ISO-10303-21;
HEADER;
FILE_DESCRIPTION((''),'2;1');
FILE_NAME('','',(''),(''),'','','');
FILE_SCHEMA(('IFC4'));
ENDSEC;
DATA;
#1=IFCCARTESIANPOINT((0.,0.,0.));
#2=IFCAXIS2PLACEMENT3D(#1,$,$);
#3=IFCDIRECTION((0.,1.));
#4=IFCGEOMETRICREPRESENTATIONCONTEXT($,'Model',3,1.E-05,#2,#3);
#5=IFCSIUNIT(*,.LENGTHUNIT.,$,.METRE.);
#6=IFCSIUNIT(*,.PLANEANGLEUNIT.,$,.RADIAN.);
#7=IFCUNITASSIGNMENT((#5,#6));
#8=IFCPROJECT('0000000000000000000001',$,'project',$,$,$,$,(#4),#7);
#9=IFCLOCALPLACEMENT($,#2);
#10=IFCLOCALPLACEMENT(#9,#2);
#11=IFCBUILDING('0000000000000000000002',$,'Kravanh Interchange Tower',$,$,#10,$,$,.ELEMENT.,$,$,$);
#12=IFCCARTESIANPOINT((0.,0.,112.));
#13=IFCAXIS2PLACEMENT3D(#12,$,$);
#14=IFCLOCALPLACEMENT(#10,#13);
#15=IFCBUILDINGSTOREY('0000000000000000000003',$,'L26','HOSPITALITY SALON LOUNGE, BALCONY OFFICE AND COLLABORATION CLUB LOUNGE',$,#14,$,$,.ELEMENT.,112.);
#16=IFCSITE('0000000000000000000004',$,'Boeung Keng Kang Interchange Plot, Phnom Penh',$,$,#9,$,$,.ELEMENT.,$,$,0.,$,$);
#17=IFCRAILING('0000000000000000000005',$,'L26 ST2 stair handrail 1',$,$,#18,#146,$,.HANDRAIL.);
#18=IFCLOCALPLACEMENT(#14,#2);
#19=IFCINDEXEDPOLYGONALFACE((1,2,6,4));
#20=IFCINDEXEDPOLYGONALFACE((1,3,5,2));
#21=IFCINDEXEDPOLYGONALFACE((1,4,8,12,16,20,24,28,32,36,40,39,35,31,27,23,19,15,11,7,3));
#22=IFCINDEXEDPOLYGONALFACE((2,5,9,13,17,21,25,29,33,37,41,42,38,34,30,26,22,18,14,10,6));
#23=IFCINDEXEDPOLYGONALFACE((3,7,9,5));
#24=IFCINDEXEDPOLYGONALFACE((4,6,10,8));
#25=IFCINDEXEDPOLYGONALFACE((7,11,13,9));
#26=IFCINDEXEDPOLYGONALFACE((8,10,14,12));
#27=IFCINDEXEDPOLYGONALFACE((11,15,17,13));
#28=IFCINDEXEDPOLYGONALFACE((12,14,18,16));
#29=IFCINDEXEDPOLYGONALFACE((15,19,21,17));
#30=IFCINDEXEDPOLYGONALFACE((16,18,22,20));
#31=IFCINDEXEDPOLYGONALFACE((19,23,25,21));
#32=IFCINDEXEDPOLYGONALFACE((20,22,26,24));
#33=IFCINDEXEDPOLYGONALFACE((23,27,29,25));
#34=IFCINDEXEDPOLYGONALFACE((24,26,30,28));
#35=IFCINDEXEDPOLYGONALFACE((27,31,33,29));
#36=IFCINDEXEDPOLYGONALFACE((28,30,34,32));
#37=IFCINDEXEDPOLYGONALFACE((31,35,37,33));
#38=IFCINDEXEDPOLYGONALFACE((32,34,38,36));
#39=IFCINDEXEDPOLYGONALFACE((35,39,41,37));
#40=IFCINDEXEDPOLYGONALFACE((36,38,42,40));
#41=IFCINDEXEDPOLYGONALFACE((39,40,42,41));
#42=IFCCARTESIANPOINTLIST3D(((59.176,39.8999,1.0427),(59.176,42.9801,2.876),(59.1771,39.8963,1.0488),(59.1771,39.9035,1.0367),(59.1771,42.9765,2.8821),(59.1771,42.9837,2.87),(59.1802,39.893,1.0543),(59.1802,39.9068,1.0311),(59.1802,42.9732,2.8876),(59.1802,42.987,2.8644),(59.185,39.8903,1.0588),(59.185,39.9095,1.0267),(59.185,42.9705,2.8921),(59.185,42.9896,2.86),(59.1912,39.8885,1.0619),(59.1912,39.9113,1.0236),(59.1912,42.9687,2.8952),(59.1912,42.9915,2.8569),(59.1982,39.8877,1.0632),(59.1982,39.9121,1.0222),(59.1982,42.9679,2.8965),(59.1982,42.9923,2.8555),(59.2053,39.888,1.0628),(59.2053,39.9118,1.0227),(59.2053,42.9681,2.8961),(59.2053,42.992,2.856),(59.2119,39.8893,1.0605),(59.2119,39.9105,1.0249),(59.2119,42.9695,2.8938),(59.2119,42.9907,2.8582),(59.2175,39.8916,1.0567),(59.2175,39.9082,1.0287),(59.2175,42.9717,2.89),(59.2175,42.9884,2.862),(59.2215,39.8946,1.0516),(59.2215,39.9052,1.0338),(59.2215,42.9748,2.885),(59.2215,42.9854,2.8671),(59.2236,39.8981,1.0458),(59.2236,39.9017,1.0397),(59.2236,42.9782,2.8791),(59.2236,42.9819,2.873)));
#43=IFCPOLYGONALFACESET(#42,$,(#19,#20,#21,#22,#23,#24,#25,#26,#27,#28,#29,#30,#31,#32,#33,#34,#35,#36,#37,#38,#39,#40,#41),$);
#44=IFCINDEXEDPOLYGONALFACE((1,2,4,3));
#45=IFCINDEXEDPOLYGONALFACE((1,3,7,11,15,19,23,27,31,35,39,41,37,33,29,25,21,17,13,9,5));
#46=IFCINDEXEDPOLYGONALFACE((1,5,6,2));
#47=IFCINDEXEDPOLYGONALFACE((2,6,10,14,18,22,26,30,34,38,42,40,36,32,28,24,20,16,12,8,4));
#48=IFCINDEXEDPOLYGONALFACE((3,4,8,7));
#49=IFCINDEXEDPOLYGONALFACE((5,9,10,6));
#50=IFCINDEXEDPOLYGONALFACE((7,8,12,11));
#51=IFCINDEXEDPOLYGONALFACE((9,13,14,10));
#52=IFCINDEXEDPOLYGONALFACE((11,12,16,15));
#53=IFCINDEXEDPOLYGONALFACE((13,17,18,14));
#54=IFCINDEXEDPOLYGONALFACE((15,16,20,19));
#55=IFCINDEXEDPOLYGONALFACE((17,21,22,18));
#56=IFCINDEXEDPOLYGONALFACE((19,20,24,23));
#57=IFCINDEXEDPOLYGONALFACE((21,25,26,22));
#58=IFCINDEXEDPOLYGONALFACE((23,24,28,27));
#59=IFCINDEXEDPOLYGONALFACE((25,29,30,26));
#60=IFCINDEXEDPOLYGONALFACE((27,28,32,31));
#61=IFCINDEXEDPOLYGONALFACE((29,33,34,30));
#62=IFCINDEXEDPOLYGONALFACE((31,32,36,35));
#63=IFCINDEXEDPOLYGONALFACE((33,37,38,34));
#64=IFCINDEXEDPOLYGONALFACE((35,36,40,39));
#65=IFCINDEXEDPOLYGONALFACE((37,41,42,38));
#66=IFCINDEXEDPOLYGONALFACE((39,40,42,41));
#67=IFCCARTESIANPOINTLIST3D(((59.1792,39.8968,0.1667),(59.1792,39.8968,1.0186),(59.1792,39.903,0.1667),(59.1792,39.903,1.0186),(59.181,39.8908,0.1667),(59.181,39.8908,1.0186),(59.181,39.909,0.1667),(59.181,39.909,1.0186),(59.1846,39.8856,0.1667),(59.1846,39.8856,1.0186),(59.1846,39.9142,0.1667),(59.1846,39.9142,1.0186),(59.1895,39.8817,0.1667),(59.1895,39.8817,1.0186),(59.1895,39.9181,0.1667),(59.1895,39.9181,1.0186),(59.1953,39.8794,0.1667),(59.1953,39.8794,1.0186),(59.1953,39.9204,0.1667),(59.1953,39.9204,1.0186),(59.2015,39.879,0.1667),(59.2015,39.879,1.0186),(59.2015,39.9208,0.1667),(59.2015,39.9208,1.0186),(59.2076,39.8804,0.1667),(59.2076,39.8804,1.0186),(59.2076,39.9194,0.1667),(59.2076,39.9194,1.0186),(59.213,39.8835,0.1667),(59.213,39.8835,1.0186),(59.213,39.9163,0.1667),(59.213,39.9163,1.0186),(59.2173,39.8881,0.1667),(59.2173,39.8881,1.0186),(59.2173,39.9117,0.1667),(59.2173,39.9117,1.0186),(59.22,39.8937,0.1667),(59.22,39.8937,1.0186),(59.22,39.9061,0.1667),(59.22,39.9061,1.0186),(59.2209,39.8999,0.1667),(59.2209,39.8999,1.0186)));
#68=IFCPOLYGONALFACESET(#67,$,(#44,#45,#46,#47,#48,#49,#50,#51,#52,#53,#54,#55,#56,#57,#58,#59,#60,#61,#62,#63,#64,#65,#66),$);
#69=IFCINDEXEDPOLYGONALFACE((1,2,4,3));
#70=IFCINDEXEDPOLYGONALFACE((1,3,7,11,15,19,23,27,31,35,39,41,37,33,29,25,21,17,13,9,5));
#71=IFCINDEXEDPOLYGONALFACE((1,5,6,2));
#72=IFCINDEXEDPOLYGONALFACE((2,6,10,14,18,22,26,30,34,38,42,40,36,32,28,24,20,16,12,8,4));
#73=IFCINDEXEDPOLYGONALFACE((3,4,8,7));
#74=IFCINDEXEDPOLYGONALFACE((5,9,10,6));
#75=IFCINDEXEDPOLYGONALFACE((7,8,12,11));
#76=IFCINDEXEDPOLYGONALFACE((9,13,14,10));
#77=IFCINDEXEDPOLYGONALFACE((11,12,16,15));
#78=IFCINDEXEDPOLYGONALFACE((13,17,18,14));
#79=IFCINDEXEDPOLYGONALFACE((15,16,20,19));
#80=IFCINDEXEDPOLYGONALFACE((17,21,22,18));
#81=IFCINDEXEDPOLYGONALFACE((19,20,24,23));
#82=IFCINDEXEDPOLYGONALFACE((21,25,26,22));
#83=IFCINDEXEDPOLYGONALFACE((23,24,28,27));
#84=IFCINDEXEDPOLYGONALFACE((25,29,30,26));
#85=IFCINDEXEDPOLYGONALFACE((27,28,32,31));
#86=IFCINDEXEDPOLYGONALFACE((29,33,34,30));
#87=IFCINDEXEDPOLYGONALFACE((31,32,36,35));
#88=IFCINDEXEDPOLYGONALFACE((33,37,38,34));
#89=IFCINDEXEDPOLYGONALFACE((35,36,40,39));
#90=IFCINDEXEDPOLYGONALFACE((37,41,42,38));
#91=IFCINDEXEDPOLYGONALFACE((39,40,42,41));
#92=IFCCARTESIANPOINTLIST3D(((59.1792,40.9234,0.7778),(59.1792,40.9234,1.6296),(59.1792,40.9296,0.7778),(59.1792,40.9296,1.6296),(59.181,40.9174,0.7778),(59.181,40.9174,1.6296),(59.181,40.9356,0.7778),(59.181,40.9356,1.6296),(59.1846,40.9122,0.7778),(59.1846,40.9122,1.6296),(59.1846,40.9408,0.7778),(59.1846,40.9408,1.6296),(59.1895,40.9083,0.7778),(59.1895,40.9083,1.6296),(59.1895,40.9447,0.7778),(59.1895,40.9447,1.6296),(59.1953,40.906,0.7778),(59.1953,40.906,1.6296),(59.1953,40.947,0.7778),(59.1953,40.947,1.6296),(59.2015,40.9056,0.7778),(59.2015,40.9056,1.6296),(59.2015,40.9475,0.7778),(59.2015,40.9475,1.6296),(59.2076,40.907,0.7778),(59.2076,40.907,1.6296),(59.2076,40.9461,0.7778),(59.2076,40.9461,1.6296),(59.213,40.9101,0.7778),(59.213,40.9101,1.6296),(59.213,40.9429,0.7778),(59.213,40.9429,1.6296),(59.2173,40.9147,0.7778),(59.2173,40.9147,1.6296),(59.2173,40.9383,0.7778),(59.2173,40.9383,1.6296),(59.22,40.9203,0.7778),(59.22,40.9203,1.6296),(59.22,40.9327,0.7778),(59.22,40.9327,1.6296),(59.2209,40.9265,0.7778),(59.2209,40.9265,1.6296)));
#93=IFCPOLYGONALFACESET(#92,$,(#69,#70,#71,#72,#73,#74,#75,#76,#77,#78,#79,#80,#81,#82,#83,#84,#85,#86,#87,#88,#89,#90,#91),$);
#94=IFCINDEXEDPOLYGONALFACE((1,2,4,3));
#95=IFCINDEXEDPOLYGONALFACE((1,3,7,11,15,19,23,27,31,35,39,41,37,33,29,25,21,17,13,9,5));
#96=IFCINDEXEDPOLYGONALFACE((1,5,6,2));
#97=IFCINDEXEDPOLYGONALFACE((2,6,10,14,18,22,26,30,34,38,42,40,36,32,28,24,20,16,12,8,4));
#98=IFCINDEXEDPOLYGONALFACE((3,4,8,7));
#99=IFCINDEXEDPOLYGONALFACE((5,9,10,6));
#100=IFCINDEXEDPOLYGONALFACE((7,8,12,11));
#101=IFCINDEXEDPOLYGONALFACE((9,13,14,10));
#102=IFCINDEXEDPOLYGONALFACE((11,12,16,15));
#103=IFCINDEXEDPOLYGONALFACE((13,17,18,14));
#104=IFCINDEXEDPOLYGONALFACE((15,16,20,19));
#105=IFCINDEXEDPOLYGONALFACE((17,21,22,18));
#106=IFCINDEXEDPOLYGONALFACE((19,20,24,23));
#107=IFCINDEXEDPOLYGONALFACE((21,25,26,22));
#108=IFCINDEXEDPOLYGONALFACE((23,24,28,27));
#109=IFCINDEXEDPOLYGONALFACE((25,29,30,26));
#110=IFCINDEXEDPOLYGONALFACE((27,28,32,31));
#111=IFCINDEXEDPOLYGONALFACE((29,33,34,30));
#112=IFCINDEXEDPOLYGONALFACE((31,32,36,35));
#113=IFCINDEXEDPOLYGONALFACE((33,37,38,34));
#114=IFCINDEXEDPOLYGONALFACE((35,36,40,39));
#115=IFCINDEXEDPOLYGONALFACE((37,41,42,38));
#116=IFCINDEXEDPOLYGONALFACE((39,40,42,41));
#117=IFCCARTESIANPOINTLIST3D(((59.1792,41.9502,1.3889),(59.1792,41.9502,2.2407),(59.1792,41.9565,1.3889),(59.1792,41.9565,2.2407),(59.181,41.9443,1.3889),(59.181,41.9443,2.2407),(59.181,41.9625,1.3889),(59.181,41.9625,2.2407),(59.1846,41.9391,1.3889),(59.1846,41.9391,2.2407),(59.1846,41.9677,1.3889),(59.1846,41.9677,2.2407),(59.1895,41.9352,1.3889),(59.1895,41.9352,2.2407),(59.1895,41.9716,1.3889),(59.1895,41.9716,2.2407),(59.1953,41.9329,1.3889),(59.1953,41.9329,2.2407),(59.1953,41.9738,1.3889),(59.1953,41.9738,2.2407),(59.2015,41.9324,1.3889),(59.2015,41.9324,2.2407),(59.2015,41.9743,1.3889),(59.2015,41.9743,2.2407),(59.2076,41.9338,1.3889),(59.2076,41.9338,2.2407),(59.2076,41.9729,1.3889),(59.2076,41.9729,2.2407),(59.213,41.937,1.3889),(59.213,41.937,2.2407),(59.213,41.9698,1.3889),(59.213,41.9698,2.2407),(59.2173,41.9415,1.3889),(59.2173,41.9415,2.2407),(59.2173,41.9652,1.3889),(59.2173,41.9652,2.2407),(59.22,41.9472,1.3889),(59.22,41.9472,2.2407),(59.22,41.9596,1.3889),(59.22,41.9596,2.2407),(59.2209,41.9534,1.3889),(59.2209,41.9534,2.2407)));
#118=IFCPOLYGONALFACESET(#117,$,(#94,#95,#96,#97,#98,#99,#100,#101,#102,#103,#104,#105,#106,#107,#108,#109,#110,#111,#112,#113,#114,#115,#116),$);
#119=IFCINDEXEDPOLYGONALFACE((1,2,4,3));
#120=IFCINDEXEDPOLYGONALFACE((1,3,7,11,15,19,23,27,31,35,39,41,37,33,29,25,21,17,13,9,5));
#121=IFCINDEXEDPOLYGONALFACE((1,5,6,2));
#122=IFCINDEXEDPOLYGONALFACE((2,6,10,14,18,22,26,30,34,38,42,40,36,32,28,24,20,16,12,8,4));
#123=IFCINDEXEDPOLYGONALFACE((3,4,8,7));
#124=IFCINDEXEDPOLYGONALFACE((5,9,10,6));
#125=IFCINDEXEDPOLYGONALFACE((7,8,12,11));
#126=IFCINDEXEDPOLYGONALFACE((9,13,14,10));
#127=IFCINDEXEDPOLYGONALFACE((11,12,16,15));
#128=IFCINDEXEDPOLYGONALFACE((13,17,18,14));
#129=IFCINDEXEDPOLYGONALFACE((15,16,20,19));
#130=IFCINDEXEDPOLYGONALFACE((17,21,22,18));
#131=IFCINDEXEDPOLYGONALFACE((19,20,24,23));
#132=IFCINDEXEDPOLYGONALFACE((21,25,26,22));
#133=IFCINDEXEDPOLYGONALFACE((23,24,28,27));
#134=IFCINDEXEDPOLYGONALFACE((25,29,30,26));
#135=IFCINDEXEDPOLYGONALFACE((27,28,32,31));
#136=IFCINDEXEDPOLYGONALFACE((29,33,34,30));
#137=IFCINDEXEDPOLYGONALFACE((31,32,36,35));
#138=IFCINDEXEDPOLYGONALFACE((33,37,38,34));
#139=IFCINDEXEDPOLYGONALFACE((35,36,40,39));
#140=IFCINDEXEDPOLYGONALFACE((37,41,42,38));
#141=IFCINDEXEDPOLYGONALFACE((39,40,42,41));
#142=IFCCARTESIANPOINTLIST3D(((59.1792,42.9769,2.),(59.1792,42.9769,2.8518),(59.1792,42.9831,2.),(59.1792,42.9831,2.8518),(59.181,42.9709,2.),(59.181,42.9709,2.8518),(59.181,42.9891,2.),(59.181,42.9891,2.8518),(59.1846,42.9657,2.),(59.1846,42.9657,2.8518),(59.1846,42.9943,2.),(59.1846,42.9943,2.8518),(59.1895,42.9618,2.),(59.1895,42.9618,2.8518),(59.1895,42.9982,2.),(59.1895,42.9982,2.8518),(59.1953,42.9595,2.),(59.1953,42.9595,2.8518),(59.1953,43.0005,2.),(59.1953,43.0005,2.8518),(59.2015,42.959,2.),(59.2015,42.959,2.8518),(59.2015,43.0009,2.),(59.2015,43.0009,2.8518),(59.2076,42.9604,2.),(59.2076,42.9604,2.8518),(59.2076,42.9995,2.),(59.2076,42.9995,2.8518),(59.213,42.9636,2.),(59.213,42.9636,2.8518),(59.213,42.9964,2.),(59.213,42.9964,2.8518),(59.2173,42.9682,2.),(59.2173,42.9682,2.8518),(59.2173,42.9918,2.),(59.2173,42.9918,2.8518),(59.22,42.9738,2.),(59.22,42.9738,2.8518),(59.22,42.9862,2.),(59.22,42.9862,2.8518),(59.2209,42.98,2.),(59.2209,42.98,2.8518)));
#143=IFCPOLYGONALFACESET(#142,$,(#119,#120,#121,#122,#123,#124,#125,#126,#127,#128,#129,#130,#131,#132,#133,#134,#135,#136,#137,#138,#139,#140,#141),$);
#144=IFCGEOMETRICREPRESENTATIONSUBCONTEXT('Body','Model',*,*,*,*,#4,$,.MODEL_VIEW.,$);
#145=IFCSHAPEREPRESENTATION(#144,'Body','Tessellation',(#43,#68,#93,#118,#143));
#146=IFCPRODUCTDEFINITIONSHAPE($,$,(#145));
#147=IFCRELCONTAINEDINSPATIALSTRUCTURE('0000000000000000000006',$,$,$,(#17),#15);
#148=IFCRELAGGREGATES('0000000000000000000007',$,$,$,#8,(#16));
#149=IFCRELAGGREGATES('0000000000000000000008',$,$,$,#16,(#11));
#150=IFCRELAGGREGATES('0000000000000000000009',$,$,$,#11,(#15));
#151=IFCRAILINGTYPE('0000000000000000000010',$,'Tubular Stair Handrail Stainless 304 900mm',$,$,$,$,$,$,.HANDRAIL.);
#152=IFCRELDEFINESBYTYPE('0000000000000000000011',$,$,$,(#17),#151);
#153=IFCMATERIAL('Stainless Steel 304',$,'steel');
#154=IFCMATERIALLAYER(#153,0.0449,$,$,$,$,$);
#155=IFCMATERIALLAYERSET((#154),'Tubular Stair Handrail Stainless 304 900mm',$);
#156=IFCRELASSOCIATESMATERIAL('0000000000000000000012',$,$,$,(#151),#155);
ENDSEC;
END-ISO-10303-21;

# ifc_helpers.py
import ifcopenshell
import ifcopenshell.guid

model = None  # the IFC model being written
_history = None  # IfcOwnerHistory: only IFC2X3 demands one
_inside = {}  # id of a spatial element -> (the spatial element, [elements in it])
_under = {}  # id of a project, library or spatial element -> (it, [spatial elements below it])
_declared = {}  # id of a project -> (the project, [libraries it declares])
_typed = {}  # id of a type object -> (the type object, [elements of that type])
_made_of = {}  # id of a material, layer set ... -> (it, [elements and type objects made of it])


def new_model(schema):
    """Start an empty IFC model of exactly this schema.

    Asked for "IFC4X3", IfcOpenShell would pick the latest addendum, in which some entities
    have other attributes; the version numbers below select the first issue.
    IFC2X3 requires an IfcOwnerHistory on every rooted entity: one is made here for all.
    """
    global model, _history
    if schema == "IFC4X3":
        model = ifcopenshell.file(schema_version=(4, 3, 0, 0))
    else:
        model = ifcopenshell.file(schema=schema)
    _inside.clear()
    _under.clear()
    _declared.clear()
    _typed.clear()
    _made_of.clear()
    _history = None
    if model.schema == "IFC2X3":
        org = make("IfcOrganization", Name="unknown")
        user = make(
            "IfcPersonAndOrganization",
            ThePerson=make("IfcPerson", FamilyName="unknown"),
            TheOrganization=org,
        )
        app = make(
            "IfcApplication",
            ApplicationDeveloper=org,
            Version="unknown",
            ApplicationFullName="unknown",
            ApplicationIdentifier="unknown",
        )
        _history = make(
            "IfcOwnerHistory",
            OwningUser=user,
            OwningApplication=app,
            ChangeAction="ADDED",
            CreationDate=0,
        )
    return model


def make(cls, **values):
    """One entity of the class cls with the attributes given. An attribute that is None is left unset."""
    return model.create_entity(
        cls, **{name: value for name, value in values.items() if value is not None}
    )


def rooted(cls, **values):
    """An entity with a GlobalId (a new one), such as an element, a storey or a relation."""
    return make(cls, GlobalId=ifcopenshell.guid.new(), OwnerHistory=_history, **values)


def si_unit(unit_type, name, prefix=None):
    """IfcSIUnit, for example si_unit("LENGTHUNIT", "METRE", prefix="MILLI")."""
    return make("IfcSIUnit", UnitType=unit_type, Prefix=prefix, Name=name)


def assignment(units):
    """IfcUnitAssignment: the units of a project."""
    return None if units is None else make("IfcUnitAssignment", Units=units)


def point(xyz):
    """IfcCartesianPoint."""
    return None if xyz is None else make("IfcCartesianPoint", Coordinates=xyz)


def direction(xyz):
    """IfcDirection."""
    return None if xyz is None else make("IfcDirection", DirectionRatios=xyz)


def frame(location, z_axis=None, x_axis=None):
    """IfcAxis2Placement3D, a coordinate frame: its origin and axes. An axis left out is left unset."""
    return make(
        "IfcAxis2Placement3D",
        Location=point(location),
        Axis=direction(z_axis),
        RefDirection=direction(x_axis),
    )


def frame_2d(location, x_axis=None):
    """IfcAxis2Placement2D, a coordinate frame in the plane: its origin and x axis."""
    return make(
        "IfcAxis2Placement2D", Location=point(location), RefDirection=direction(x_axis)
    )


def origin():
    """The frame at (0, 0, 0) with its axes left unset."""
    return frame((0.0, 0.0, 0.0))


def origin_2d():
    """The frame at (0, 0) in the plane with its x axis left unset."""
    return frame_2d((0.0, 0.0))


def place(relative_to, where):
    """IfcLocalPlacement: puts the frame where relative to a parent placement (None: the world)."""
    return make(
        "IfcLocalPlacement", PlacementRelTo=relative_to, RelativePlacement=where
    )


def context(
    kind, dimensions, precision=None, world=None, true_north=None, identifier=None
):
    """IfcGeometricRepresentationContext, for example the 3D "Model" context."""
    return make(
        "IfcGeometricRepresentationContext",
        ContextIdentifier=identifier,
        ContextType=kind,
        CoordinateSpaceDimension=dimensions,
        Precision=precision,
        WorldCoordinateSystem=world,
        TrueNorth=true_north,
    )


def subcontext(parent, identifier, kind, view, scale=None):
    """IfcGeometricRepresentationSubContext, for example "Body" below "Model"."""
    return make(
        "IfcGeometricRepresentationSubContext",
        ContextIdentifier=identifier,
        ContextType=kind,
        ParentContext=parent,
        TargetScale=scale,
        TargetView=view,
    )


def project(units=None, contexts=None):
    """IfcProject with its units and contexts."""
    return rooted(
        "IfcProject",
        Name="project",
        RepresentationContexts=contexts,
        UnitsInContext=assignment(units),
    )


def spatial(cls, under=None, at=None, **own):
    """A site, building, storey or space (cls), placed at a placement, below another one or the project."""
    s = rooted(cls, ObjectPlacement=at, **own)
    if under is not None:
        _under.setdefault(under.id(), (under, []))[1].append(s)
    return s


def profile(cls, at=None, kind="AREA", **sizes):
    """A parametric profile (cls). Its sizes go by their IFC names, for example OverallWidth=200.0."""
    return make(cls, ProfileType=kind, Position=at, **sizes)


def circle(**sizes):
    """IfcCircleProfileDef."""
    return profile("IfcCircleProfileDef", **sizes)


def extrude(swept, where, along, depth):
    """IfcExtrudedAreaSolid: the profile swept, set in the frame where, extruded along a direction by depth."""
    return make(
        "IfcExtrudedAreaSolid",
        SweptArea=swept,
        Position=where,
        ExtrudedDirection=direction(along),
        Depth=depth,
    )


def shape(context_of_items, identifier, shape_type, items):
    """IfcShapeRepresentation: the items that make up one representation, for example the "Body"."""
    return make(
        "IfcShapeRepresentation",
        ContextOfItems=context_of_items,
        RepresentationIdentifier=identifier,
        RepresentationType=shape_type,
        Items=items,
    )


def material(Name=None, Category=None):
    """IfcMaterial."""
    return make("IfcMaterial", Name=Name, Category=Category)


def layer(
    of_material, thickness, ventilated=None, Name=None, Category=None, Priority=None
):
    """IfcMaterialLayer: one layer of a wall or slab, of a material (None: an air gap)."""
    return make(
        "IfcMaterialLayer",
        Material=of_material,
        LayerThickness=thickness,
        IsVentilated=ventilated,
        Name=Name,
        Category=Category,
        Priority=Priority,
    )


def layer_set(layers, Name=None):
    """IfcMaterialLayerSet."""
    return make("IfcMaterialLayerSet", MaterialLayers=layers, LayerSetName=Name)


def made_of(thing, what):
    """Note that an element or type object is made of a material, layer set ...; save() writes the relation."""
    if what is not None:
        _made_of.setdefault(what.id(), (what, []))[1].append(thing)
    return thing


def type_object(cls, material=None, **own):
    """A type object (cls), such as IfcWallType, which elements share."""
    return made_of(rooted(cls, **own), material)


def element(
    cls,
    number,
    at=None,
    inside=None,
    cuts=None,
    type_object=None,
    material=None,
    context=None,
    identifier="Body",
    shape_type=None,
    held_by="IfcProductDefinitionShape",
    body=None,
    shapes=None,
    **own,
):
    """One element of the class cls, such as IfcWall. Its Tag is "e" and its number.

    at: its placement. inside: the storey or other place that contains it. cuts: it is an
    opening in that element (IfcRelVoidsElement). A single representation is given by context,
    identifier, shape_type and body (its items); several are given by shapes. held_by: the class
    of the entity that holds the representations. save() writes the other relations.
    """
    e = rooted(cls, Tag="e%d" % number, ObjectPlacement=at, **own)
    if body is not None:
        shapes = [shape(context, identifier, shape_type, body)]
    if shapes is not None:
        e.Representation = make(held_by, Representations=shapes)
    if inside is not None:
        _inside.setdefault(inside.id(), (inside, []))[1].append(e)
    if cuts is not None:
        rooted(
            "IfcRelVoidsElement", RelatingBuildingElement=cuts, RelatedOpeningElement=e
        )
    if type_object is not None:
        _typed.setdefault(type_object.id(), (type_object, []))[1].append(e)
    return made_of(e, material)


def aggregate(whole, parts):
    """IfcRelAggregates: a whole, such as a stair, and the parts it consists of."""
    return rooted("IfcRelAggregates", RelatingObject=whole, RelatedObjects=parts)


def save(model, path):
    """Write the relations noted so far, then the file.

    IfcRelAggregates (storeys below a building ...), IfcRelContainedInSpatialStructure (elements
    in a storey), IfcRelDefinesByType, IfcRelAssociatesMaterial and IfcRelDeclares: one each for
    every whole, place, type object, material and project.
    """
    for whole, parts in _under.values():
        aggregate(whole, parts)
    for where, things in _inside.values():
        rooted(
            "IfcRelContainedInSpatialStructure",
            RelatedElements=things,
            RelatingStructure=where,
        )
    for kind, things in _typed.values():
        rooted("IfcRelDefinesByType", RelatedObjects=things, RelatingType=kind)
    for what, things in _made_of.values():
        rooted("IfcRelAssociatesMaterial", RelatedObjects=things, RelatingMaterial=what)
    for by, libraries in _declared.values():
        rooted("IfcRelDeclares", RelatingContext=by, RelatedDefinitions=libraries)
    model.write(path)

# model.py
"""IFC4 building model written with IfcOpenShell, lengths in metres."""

from ifc_helpers import new_model, si_unit, direction, frame, origin, origin_2d, place, context, subcontext, project, spatial, circle, extrude, material, layer, layer_set, type_object, element, save


model = new_model("IFC4")

# Units and contexts
model_context = context("Model", 3, precision=1e-05, world=origin(), true_north=direction((0.0, 1.0)))
body_context = subcontext(model_context, "Body", "Model", "MODEL_VIEW")
ifc_project = project(units=[si_unit("LENGTHUNIT", "METRE"), si_unit("PLANEANGLEUNIT", "RADIAN")], contexts=[model_context])

# Site, building, storey
site_placement = place(None, origin())
site = spatial("IfcSite", under=ifc_project, at=site_placement, Name="Boeung Keng Kang Interchange Plot, Phnom Penh", CompositionType="ELEMENT", RefElevation=0.0)
building_placement = place(site_placement, origin())
building = spatial("IfcBuilding", under=site, at=building_placement, Name="Kravanh Interchange Tower", CompositionType="ELEMENT")
storey_placement = place(building_placement, frame((0.0, 0.0, 112.0)))
storey = spatial("IfcBuildingStorey", under=building, at=storey_placement, Name="L26", Description="HOSPITALITY SALON LOUNGE, BALCONY OFFICE AND COLLABORATION CLUB LOUNGE", CompositionType="ELEMENT", Elevation=112.0)

# Railing
ifc_material_1 = material(Name="Stainless Steel 304", Category="steel")
ifc_layer_1 = layer(ifc_material_1, 0.0449)
ifc_layer_set_1 = layer_set([ifc_layer_1], Name="Tubular Stair Handrail Stainless 304 900mm")
railing_type_1 = type_object("IfcRailingType", Name="Tubular Stair Handrail Stainless 304 900mm", PredefinedType="HANDRAIL", material=ifc_layer_set_1)
railing_1_placement = place(storey_placement, frame((59.2, 39.8999, 0.1667)))
element("IfcRailing", 1, at=railing_1_placement, inside=storey, type_object=railing_type_1, Name="L26 ST2 stair handrail 1", PredefinedType="HANDRAIL", context=body_context, shape_type="SweptSolid", body=[
    extrude(circle(Radius=0.0239, at=origin_2d()), frame((0.0, 0.0, 0.876), z_axis=(0.0, 0.859309, 0.511458), x_axis=(-1.0, 0.0, 0.0)), (0.0, 0.0, 1.0), 3.5845),
    extrude(circle(Radius=0.021, at=origin_2d()), origin(), (0.0, 0.0, 1.0), 0.8518),
    extrude(circle(Radius=0.021, at=origin_2d()), frame((0.0, 1.0266, 0.6111)), (0.0, 0.0, 1.0), 0.8518),
    extrude(circle(Radius=0.021, at=origin_2d()), frame((0.0, 2.0535, 1.2222)), (0.0, 0.0, 1.0), 0.8518),
    extrude(circle(Radius=0.021, at=origin_2d()), frame((0.0, 3.0801, 1.8333)), (0.0, 0.0, 1.0), 0.8518),
])

save(model, "model.ifc")
